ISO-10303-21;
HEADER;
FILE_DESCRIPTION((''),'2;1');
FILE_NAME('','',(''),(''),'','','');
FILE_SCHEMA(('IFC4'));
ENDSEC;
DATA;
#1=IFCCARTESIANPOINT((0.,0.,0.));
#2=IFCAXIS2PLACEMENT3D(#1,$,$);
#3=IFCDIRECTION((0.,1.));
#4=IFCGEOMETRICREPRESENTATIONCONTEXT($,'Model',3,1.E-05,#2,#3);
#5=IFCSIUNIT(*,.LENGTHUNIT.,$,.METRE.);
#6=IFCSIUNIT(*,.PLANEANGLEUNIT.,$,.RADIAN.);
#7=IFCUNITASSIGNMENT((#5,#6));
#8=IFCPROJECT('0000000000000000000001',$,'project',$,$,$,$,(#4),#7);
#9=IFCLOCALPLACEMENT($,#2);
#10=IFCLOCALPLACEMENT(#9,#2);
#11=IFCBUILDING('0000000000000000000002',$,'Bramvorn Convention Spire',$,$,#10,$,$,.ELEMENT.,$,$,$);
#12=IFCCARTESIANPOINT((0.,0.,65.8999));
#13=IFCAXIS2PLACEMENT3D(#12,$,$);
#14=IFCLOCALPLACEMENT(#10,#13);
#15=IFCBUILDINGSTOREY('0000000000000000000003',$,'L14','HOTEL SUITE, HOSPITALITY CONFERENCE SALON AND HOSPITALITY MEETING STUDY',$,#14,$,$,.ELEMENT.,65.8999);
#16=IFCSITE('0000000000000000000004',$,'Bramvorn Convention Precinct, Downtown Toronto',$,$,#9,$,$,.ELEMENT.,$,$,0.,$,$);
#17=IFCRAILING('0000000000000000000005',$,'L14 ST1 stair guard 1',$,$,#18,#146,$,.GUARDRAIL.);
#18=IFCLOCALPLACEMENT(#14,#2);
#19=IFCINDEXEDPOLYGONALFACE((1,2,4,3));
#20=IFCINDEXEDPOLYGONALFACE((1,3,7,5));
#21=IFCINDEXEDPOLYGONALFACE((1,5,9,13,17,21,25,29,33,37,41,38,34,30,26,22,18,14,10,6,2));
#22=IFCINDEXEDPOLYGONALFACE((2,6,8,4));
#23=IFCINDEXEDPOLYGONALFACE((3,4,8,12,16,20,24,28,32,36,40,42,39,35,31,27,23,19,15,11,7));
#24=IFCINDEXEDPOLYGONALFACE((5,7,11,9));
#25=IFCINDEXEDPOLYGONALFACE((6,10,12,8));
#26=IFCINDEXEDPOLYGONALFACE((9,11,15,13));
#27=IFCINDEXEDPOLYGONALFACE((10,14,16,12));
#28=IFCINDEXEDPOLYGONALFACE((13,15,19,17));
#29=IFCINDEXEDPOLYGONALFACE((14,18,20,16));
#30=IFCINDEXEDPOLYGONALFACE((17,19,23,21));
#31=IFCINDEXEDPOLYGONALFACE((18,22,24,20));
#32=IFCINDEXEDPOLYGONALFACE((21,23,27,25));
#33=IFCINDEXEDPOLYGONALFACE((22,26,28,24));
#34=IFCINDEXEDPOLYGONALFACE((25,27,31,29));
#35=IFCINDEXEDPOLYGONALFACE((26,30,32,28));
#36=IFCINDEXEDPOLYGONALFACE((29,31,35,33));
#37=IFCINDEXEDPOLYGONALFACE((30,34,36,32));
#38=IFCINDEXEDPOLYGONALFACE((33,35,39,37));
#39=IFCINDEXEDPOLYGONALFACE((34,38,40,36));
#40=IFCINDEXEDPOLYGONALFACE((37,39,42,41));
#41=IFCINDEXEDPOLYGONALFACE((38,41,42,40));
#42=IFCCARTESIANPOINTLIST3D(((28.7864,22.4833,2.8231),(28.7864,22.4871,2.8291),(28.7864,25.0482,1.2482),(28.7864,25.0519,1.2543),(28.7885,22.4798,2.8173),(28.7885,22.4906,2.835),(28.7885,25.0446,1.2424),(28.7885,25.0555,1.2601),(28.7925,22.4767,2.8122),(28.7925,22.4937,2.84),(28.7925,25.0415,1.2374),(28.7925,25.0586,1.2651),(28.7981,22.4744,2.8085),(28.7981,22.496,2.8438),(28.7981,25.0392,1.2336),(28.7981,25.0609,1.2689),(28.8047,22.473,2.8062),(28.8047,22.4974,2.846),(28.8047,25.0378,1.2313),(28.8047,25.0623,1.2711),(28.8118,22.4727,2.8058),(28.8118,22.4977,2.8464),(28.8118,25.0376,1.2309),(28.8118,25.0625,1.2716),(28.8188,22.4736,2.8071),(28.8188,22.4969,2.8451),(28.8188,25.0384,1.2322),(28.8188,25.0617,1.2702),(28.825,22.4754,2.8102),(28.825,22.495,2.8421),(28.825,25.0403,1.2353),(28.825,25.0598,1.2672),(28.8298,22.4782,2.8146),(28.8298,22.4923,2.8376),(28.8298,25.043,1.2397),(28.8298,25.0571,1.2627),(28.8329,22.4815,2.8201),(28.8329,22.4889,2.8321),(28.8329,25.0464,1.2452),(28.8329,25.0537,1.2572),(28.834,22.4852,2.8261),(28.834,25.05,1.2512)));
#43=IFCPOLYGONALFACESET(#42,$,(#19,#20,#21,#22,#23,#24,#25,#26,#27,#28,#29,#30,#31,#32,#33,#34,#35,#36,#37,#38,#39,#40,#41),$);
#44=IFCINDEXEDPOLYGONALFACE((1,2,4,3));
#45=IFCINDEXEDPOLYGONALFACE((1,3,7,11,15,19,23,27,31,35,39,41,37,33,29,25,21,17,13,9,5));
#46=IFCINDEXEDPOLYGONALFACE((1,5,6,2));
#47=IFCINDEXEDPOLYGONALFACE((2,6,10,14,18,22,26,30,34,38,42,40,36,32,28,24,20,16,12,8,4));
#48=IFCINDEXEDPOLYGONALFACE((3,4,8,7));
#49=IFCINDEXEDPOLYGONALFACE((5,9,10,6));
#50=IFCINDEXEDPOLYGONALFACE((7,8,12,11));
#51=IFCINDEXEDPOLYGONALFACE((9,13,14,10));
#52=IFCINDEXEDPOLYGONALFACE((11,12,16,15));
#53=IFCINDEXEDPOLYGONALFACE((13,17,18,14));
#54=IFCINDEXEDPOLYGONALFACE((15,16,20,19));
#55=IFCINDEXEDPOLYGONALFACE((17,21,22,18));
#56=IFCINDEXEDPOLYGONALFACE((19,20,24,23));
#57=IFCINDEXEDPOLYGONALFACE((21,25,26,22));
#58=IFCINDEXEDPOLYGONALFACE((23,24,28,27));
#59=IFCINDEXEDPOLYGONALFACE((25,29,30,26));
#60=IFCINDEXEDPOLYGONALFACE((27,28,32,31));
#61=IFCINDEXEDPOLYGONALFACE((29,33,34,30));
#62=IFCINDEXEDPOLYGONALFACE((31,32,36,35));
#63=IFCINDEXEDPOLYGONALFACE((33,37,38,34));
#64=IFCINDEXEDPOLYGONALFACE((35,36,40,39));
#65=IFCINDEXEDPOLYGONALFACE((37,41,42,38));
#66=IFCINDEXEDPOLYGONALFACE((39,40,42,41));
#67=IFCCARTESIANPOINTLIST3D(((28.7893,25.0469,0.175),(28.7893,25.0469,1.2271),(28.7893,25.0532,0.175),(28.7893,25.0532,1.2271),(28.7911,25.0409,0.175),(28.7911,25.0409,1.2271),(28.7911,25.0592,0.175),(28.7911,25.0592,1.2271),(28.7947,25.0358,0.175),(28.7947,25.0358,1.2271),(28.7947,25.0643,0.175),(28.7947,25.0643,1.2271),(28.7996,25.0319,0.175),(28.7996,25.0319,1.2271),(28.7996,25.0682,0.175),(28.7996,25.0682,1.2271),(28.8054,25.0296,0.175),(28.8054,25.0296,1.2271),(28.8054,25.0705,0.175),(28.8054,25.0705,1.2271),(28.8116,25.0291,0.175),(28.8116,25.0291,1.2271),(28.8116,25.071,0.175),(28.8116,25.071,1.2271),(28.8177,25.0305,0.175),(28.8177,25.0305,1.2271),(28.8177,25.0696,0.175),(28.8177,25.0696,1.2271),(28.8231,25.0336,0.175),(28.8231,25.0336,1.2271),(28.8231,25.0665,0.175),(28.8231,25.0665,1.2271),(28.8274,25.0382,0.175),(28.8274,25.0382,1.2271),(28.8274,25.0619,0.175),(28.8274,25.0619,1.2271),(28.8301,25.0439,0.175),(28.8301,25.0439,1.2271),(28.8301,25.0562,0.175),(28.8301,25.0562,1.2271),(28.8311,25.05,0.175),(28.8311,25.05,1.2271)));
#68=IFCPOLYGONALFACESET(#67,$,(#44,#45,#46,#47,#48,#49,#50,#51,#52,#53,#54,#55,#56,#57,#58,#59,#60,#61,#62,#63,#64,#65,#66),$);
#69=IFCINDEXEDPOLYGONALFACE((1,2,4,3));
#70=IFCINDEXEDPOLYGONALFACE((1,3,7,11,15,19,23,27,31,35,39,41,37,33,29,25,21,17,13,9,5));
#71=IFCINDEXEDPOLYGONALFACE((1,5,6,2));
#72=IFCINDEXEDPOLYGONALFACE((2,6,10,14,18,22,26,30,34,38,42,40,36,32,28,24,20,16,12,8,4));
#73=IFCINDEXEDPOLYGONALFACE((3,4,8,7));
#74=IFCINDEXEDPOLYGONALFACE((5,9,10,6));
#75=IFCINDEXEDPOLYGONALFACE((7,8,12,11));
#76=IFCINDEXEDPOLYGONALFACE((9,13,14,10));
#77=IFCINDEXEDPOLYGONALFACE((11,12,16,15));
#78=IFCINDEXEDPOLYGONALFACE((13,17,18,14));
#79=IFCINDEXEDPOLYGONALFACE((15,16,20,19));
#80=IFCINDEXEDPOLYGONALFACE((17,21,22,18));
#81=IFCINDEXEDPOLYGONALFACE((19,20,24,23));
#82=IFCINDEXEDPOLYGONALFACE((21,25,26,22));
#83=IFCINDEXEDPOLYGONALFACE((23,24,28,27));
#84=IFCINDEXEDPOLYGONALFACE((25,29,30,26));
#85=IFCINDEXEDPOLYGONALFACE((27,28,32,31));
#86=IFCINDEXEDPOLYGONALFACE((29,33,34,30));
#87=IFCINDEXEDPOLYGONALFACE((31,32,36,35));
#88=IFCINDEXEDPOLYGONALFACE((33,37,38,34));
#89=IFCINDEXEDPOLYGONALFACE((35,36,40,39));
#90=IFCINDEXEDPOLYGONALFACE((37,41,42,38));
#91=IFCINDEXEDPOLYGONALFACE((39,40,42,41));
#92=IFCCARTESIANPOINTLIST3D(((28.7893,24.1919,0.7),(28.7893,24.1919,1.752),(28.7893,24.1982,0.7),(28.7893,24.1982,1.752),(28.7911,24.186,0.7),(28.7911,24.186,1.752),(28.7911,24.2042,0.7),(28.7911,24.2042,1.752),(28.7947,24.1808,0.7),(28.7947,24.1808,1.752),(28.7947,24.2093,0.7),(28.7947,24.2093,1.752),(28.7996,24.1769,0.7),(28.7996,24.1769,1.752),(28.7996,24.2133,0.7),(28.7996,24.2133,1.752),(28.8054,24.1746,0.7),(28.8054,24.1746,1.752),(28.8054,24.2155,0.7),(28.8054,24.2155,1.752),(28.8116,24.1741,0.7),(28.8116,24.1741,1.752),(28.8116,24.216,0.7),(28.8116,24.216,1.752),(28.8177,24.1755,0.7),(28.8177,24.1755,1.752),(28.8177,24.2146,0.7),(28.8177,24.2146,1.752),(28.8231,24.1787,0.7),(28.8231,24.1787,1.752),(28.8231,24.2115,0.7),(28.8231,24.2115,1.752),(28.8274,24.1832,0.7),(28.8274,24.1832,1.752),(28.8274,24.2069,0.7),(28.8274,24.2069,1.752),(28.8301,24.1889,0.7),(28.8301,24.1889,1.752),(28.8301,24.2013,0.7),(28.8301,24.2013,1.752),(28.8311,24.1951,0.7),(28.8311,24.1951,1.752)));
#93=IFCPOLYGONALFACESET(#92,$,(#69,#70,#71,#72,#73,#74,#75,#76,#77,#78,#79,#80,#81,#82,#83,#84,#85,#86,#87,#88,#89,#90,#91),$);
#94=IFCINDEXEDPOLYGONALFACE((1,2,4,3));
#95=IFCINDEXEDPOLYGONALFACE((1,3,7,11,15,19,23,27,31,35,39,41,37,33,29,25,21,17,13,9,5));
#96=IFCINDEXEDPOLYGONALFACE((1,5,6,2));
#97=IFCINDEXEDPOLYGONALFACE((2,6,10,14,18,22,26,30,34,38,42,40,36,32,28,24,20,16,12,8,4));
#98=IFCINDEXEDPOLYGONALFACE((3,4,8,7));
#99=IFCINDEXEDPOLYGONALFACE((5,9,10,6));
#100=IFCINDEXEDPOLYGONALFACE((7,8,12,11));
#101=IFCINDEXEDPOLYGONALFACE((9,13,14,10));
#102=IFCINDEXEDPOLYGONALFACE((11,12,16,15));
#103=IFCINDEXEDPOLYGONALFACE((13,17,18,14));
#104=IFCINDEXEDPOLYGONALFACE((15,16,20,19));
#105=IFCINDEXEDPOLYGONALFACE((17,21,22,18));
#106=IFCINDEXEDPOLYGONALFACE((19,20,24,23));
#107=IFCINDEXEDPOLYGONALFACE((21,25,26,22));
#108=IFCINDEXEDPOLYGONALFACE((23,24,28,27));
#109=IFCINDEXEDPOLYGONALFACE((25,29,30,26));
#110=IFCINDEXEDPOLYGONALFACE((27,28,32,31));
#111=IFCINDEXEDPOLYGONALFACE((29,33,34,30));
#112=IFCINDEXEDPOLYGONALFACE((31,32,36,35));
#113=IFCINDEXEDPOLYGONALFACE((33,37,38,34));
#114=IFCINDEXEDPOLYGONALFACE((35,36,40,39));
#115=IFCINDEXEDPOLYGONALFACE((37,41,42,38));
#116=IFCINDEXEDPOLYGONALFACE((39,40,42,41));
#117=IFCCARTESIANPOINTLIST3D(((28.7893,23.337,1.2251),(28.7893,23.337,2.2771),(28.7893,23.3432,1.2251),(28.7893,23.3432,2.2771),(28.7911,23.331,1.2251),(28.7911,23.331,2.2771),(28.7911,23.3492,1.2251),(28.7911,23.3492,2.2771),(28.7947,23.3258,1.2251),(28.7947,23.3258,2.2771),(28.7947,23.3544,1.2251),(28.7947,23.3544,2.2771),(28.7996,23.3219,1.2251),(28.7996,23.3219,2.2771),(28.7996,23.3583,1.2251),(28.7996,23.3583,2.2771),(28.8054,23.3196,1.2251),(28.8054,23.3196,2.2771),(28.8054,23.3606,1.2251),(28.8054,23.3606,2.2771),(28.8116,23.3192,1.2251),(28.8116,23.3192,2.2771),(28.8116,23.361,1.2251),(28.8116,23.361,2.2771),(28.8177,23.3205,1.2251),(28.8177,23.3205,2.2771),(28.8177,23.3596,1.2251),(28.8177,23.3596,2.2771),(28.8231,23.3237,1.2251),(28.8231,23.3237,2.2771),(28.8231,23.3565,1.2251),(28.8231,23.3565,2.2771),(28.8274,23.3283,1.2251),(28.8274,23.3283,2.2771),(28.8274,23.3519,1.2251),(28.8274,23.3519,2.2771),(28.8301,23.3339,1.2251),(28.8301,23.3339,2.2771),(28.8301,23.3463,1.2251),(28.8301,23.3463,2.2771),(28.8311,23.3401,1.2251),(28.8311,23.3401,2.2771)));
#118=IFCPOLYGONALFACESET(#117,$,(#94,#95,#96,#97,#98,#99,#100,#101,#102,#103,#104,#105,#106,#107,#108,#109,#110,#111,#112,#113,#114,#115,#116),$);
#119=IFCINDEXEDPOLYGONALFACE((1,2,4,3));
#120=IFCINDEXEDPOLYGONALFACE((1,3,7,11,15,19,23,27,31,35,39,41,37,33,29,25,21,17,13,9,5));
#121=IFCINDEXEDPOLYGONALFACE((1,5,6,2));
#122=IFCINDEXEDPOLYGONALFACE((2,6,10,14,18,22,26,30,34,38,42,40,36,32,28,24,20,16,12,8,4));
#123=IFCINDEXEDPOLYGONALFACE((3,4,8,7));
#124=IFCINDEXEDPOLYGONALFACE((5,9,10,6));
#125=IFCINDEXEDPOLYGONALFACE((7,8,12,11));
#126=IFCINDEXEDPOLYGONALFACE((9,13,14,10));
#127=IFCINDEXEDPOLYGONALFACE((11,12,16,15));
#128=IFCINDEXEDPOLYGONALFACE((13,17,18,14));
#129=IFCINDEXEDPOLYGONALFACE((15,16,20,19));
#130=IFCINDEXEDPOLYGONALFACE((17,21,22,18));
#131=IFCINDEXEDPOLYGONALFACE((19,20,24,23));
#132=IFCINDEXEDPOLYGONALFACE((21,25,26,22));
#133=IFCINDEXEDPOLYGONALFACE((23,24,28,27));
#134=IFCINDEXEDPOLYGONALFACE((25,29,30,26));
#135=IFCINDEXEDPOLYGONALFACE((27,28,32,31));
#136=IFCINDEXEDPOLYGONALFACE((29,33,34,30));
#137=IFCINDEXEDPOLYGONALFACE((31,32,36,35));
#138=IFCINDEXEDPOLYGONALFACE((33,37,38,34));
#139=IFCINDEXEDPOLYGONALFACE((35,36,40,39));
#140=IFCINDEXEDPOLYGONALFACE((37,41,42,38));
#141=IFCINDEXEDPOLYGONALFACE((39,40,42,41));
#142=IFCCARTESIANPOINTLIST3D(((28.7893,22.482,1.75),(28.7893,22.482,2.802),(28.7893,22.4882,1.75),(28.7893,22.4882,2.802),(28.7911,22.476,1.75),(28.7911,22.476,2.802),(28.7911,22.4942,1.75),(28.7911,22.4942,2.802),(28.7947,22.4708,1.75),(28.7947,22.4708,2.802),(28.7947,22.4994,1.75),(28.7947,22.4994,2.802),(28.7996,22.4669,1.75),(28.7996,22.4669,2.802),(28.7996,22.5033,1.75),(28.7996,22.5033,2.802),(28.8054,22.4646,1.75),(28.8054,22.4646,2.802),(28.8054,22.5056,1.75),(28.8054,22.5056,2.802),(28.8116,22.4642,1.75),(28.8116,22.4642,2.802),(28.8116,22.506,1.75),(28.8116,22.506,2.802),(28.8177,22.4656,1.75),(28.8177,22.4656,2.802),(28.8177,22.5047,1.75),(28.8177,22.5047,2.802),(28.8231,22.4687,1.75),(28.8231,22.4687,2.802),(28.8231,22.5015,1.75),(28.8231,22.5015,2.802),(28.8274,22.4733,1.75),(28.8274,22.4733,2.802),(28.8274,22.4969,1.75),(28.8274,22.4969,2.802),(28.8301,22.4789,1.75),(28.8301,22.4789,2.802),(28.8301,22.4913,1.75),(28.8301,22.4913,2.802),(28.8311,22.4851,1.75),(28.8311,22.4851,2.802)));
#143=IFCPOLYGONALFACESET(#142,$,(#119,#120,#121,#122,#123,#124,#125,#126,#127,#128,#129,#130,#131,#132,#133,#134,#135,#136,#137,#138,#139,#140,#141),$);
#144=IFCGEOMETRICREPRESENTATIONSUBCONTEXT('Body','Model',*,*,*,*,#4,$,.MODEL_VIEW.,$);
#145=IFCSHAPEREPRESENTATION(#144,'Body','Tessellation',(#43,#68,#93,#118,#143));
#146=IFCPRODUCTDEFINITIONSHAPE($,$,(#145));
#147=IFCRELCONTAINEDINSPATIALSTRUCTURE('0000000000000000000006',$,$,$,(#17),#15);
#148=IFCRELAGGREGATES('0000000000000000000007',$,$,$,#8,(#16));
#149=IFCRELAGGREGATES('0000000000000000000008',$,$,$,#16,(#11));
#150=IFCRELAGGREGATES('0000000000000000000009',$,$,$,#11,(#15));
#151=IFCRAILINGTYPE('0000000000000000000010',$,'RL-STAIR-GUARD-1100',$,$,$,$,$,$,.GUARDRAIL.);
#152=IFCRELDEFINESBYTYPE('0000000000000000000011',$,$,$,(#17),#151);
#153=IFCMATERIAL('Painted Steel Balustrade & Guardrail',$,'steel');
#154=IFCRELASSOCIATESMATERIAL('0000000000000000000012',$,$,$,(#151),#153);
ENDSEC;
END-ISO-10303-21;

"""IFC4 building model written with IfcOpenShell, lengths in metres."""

from ifc_helpers import new_model, si_unit, direction, frame, origin, origin_2d, place, context, subcontext, project, spatial, circle, extrude, material, type_object, element, save


model = new_model("IFC4")

# Units and contexts
model_context = context("Model", 3, precision=1e-05, world=origin(), true_north=direction((0.0, 1.0)))
body_context = subcontext(model_context, "Body", "Model", "MODEL_VIEW")
ifc_project = project(units=[si_unit("LENGTHUNIT", "METRE"), si_unit("PLANEANGLEUNIT", "RADIAN")], contexts=[model_context])

# Site, building, storey
site_placement = place(None, origin())
site = spatial("IfcSite", under=ifc_project, at=site_placement, Name="Bramvorn Convention Precinct, Downtown Toronto", CompositionType="ELEMENT", RefElevation=0.0)
building_placement = place(site_placement, origin())
building = spatial("IfcBuilding", under=site, at=building_placement, Name="Bramvorn Convention Spire", CompositionType="ELEMENT")
storey_placement = place(building_placement, frame((0.0, 0.0, 65.8999)))
storey = spatial("IfcBuildingStorey", under=building, at=storey_placement, Name="L14", Description="HOTEL SUITE, HOSPITALITY CONFERENCE SALON AND HOSPITALITY MEETING STUDY", CompositionType="ELEMENT", Elevation=65.8999)

# Railing
ifc_material_1 = material(Name="Painted Steel Balustrade & Guardrail", Category="steel")
railing_type_1 = type_object("IfcRailingType", Name="RL-STAIR-GUARD-1100", PredefinedType="GUARDRAIL", material=ifc_material_1)
railing_1_placement = place(storey_placement, frame((28.8101, 25.05, 0.175)))
element("IfcRailing", 1, at=railing_1_placement, inside=storey, type_object=railing_type_1, Name="L14 ST1 stair guard 1", PredefinedType="GUARDRAIL", context=body_context, shape_type="SweptSolid", body=[
    extrude(circle(Radius=0.0239, at=origin_2d()), frame((0.0, 0.0, 1.0762), z_axis=(0.0, -0.852173, 0.52326), x_axis=(1.0, 0.0, 0.0)), (0.0, 0.0, 1.0), 3.0098),
    extrude(circle(Radius=0.021, at=origin_2d()), origin(), (0.0, 0.0, 1.0), 1.052),
    extrude(circle(Radius=0.021, at=origin_2d()), frame((0.0, -0.855, 0.5249)), (0.0, 0.0, 1.0), 1.052),
    extrude(circle(Radius=0.021, at=origin_2d()), frame((0.0, -1.71, 1.05)), (0.0, 0.0, 1.0), 1.052),
    extrude(circle(Radius=0.021, at=origin_2d()), frame((0.0, -2.5649, 1.575)), (0.0, 0.0, 1.0), 1.052),
])

save(model, "model.ifc")
